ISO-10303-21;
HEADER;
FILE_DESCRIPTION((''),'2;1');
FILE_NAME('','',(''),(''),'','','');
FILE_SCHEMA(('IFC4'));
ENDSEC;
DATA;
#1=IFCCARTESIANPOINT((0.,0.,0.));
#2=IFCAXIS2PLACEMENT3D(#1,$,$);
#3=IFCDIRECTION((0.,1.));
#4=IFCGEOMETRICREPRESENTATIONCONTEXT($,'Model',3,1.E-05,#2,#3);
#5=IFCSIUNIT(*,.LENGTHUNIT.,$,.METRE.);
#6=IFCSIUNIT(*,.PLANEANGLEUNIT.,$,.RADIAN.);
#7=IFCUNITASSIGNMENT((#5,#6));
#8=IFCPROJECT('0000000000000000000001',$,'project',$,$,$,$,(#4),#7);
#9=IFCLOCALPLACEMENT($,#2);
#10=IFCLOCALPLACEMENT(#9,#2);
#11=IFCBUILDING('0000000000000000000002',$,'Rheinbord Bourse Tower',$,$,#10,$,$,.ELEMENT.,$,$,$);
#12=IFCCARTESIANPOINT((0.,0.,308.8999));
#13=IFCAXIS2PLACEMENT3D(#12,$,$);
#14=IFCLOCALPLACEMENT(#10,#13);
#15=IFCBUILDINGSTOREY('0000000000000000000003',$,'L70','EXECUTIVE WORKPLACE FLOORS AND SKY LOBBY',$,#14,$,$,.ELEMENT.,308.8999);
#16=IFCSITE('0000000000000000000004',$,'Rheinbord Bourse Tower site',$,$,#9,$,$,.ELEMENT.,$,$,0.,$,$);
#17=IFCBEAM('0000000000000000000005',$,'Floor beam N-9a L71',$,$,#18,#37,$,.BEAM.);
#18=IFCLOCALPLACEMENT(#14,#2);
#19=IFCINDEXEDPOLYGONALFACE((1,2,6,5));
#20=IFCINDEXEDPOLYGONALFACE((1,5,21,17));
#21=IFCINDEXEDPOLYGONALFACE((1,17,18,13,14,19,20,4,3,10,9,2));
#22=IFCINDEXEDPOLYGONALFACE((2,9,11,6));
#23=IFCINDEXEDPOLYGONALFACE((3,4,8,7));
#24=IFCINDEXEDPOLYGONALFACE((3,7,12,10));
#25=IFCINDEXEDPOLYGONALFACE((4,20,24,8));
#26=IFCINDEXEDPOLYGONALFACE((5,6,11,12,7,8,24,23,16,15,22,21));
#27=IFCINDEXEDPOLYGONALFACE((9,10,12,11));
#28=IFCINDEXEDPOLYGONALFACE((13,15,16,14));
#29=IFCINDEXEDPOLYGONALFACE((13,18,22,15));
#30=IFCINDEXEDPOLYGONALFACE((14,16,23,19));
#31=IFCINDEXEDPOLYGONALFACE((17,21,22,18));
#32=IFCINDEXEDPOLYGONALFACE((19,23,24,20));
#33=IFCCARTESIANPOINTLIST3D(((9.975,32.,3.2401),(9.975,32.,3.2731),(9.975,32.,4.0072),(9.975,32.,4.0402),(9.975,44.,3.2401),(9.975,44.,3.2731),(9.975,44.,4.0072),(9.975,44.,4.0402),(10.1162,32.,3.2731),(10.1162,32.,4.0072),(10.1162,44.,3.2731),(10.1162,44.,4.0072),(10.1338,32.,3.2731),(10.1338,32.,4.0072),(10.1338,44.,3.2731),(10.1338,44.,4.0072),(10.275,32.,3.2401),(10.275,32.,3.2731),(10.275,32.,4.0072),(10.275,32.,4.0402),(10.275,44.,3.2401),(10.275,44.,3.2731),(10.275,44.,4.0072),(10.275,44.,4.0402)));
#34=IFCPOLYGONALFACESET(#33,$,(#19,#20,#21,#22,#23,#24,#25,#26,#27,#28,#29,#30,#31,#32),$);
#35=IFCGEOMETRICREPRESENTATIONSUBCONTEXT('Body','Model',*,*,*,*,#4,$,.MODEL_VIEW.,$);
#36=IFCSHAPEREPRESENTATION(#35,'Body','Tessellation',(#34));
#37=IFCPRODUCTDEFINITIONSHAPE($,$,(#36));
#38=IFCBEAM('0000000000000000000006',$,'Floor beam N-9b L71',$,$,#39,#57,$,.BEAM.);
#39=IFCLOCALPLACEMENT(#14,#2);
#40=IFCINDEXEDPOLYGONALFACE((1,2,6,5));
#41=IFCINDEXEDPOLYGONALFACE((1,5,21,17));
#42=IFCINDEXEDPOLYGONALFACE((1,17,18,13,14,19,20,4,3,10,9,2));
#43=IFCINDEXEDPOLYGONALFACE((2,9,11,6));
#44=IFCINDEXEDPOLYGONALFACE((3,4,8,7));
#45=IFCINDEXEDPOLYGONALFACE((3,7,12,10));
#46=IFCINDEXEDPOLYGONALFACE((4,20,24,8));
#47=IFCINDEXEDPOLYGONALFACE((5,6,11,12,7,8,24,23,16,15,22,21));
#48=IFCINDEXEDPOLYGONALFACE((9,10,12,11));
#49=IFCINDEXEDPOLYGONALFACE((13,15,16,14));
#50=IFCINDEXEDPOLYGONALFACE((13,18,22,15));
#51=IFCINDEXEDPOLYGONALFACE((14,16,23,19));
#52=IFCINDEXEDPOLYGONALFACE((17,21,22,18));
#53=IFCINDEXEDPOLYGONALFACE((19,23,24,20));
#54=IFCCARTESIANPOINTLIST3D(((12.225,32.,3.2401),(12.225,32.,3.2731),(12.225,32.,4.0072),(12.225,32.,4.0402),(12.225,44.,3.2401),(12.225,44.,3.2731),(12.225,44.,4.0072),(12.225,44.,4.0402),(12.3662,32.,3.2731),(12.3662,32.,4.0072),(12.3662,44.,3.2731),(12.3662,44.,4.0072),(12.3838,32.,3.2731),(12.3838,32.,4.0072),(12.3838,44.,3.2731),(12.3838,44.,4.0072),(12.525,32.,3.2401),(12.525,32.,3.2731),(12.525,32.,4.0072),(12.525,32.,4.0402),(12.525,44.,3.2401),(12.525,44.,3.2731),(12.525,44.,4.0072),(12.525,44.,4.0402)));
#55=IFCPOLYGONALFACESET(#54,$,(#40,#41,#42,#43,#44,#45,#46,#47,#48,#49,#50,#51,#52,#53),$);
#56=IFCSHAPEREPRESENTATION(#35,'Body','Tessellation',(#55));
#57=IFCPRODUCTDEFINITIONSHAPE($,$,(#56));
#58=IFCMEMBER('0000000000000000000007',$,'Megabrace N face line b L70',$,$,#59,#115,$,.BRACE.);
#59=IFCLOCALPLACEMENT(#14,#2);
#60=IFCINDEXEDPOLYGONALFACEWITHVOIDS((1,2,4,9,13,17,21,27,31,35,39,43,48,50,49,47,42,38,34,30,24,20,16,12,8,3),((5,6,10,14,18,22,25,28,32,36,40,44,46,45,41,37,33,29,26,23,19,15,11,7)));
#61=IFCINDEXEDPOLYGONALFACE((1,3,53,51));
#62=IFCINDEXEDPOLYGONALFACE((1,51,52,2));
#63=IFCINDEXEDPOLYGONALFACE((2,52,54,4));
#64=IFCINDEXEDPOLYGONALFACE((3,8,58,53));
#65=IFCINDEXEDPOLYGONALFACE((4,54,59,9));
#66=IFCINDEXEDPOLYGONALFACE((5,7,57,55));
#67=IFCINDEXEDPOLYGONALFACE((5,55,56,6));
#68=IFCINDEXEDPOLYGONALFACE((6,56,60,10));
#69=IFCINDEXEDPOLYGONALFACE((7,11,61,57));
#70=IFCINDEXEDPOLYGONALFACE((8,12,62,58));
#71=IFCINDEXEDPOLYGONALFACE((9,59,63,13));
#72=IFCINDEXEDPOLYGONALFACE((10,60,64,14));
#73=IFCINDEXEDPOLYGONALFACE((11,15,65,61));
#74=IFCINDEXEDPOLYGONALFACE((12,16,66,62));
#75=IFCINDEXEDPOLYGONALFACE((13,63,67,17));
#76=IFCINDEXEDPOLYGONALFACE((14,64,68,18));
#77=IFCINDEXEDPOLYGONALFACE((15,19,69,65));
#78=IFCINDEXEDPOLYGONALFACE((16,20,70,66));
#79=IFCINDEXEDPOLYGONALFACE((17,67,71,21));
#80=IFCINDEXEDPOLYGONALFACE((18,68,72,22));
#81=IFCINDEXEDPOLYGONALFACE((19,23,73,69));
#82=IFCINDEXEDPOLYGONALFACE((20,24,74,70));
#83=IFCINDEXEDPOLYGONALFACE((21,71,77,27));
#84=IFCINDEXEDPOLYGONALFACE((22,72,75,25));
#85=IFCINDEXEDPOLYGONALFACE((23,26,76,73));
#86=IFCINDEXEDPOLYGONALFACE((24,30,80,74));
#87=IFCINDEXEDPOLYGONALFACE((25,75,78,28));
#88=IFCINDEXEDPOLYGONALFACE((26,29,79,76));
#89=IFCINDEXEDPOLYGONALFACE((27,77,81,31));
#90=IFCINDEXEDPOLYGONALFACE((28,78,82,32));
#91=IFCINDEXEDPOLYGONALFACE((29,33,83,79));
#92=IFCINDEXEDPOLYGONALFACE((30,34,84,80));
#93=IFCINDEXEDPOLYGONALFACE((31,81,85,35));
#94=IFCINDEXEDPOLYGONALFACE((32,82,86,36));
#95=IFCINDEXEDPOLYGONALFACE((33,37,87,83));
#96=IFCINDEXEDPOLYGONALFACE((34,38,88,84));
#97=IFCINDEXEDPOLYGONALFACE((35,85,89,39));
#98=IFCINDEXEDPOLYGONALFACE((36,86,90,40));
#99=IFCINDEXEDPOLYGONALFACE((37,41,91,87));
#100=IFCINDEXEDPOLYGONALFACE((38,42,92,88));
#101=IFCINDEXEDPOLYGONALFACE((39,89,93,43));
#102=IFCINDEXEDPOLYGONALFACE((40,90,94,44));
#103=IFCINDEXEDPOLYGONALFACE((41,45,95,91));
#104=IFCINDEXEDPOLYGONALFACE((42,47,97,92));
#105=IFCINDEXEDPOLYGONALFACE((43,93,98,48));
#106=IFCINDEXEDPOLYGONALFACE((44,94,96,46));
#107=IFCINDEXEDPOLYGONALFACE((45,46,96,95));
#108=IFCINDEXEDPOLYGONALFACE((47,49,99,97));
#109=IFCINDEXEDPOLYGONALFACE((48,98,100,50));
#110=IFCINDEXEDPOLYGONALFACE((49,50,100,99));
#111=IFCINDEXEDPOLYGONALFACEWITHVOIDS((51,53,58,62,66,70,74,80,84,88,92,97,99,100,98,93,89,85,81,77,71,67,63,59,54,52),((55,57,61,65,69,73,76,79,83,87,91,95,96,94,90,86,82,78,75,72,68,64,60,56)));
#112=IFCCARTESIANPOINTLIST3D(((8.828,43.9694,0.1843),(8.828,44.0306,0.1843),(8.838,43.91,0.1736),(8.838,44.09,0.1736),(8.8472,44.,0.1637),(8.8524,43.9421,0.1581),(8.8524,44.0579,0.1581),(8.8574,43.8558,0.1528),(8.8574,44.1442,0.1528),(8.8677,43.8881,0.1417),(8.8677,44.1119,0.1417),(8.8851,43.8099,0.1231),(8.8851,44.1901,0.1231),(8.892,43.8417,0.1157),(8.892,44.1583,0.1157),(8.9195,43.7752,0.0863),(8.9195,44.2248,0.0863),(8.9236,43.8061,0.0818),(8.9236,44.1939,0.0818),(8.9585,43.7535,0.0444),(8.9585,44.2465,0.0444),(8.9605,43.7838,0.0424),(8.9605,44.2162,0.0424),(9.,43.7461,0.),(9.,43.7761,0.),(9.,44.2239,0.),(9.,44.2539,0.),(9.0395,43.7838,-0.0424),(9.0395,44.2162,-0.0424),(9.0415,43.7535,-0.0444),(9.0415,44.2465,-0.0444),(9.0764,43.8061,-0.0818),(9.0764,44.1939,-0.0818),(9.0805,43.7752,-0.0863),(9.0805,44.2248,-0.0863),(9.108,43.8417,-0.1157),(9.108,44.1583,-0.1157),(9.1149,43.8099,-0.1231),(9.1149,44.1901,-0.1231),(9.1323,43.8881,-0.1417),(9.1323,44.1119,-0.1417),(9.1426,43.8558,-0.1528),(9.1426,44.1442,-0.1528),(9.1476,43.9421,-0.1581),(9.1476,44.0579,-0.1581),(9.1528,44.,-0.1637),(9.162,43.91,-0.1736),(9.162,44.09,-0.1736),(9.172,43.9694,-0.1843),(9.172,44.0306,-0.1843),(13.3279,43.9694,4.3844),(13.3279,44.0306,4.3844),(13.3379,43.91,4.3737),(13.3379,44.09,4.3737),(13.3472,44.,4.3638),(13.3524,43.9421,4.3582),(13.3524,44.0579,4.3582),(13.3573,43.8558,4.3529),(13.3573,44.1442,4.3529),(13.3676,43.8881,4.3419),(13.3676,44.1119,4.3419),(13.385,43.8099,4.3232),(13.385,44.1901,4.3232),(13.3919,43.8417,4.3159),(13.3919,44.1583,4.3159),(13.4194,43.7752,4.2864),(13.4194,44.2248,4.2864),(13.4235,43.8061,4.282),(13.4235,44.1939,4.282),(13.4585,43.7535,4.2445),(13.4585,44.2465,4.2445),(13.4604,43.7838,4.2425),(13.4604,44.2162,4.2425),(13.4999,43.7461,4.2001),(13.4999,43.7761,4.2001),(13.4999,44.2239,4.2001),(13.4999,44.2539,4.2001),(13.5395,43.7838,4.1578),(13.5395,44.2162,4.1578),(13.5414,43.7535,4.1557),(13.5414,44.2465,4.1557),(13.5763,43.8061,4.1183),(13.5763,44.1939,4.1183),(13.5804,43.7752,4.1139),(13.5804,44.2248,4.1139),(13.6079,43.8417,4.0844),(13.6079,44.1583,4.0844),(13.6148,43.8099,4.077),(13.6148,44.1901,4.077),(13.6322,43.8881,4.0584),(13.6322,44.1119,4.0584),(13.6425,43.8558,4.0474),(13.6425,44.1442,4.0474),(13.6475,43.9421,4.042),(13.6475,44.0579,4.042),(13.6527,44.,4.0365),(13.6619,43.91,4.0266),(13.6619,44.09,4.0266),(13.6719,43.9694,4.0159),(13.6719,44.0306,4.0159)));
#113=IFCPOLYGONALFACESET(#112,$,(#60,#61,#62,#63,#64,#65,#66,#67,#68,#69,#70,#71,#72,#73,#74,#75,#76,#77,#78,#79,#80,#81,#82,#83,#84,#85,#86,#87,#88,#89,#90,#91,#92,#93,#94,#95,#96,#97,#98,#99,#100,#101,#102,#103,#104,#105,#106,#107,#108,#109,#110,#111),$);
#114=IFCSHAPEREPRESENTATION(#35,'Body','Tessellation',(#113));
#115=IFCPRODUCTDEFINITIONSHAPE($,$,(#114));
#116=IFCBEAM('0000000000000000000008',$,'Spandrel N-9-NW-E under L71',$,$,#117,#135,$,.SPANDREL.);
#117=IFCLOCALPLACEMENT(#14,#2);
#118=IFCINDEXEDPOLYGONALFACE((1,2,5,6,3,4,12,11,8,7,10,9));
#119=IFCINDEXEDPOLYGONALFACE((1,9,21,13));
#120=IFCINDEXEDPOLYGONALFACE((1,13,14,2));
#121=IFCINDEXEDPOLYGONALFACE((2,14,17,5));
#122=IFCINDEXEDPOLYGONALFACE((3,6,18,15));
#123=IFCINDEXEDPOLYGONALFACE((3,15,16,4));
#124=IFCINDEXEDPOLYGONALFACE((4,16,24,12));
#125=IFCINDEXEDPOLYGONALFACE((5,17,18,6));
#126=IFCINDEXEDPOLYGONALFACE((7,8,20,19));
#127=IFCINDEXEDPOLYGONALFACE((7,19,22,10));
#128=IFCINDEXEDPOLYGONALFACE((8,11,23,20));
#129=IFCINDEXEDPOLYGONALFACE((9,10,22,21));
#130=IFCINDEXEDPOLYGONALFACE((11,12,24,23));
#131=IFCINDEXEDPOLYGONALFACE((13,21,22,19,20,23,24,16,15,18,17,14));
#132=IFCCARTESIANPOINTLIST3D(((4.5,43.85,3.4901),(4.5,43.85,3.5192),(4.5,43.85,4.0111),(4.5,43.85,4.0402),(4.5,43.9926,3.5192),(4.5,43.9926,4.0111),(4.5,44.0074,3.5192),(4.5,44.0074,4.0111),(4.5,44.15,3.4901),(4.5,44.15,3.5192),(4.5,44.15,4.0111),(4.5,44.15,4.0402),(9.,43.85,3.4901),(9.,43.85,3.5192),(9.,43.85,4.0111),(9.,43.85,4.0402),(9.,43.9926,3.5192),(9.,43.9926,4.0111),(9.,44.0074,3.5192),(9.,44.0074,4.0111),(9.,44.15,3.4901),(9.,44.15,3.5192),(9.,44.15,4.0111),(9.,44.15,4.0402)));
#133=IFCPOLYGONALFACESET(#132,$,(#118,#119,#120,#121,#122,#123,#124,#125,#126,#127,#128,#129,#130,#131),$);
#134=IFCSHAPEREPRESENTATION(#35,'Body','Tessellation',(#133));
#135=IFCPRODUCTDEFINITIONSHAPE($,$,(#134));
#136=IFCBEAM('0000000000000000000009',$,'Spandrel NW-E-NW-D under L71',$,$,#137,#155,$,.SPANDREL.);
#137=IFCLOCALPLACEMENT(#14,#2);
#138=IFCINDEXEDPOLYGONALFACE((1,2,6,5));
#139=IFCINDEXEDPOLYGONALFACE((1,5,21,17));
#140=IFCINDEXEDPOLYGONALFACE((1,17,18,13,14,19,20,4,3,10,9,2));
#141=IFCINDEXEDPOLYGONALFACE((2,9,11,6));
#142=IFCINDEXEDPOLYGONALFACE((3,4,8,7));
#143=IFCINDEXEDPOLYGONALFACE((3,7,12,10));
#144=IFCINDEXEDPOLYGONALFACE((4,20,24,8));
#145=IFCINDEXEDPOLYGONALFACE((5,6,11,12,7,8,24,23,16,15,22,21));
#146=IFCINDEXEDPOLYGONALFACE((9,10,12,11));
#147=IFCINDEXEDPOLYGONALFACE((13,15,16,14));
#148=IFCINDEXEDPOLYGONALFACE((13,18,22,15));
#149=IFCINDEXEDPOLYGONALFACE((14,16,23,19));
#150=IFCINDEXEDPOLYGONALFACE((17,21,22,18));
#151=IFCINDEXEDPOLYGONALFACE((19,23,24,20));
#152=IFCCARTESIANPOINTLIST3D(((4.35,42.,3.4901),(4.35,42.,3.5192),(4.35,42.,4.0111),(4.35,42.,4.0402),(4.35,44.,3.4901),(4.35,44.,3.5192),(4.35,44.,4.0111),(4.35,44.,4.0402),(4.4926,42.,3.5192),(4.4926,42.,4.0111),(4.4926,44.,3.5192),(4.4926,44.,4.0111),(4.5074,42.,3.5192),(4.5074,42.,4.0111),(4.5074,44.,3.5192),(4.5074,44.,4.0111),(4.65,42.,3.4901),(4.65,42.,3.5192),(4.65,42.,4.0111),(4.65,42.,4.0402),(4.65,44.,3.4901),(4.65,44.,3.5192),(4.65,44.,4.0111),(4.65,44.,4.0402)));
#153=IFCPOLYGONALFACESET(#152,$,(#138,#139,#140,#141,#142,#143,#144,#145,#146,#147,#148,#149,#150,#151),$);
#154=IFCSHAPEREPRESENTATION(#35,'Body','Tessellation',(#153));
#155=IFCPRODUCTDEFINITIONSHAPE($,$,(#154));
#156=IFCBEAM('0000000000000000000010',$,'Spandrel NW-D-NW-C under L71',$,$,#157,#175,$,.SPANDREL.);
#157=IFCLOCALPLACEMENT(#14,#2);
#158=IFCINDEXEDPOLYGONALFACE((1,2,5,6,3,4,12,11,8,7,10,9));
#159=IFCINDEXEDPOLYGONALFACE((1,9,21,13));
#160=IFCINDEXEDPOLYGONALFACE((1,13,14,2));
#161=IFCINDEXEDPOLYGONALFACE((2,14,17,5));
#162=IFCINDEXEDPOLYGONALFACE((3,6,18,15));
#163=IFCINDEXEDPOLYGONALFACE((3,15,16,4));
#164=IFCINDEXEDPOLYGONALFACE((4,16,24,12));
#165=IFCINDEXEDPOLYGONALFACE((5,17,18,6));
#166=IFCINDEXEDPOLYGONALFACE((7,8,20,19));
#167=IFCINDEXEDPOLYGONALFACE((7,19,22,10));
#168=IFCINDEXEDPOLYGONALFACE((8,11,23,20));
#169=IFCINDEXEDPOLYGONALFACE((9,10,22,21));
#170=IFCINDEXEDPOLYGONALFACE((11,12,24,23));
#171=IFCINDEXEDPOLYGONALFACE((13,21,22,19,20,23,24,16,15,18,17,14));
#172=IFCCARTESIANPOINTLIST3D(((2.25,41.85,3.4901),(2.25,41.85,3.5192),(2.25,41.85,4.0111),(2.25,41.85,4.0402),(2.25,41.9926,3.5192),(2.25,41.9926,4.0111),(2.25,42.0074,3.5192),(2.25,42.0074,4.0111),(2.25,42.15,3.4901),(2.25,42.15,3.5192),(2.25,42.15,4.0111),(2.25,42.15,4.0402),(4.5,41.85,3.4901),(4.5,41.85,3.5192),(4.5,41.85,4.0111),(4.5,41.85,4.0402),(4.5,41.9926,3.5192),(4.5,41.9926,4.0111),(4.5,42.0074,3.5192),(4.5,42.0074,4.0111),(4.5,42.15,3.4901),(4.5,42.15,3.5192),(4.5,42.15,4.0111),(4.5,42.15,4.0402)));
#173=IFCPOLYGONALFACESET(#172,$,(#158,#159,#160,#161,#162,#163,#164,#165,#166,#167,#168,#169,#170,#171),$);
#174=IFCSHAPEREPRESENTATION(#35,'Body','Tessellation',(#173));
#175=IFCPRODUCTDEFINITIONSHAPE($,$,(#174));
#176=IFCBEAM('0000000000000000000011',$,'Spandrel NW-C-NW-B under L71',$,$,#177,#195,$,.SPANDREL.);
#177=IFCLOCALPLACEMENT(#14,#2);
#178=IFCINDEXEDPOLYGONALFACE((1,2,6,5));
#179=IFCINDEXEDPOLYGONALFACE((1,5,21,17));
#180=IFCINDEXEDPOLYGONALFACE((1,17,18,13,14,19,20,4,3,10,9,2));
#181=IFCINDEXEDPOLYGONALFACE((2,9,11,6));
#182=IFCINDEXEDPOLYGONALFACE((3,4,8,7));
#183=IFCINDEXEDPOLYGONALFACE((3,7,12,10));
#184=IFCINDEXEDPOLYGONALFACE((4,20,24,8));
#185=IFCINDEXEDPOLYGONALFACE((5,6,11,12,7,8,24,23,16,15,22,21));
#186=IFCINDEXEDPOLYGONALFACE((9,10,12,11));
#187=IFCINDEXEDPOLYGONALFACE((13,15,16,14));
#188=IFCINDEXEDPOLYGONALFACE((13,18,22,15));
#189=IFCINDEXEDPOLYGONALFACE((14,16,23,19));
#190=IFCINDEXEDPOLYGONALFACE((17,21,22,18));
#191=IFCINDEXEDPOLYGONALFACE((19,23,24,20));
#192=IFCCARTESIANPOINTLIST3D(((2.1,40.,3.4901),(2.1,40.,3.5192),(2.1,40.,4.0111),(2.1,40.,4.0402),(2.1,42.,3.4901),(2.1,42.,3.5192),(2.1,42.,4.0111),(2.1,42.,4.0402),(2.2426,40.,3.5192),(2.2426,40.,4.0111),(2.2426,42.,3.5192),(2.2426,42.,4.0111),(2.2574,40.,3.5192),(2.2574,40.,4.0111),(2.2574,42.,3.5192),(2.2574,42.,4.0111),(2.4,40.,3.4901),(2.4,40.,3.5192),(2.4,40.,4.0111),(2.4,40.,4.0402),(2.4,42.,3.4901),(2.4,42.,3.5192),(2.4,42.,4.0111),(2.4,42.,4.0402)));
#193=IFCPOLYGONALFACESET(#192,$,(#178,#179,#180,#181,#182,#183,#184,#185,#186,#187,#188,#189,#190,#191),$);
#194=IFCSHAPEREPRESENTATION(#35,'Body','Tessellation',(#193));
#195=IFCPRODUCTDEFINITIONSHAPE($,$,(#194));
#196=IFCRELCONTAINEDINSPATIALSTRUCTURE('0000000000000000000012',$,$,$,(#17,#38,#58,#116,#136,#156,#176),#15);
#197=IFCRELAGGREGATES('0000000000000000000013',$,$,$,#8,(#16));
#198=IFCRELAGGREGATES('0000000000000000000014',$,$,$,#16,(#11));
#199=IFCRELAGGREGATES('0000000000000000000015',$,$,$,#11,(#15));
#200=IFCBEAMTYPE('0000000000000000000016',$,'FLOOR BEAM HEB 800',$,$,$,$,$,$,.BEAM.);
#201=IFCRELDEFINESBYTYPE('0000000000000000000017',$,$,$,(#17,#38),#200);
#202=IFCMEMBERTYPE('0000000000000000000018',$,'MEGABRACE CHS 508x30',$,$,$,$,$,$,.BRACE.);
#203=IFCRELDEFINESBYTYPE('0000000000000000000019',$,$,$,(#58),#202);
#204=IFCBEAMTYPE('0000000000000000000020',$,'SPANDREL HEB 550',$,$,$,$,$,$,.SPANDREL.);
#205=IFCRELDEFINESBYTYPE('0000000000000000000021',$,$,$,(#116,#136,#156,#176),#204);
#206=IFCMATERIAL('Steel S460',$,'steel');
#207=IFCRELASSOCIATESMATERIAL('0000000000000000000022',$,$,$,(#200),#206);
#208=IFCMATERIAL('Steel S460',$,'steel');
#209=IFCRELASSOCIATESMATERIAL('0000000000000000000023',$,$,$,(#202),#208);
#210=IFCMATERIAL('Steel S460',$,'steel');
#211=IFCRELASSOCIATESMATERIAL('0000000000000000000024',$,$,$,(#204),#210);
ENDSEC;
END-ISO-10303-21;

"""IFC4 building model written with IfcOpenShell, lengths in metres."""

from ifc_helpers import new_model, si_unit, direction, frame, origin, origin_2d, place, context, subcontext, project, spatial, hollow_circle, i_section, extrude, material, material_profile, profile_set, type_object, element, save


model = new_model("IFC4")

# Units and contexts
model_context = context("Model", 3, precision=1e-05, world=origin(), true_north=direction((0.0, 1.0)))
body_context = subcontext(model_context, "Body", "Model", "MODEL_VIEW")
ifc_project = project(units=[si_unit("LENGTHUNIT", "METRE"), si_unit("PLANEANGLEUNIT", "RADIAN")], contexts=[model_context])

# Site, building, storey
site_placement = place(None, origin())
site = spatial("IfcSite", under=ifc_project, at=site_placement, Name="Rheinbord Bourse Tower site", CompositionType="ELEMENT", RefElevation=0.0)
building_placement = place(site_placement, origin())
building = spatial("IfcBuilding", under=site, at=building_placement, Name="Rheinbord Bourse Tower", CompositionType="ELEMENT")
storey_placement = place(building_placement, frame((0.0, 0.0, 308.8999)))
storey = spatial("IfcBuildingStorey", under=building, at=storey_placement, Name="L70", Description="EXECUTIVE WORKPLACE FLOORS AND SKY LOBBY", CompositionType="ELEMENT", Elevation=308.8999)

# Beams
ifc_material_1 = material(Name="Steel S460", Category="steel")
ifc_material_profile_1 = material_profile(ifc_material_1, i_section(OverallWidth=0.3, OverallDepth=0.8, WebThickness=0.0176, FlangeThickness=0.033, at=origin_2d()), Name="HEB 800")
ifc_profile_set_1 = profile_set([ifc_material_profile_1], Name="Steel S460")
beam_type_1 = type_object("IfcBeamType", Name="FLOOR BEAM HEB 800", PredefinedType="BEAM", material=ifc_profile_set_1)
for number, where, z_axis, x_axis, name in (
    (1, (10.125, 44.0, 3.6401), (0.0, -1.0, 0.0), (1.0, 0.0, 0.0), "Floor beam N-9a L71"),
    (2, (12.375, 44.0, 3.6401), (0.0, -1.0, 0.0), (1.0, 0.0, 0.0), "Floor beam N-9b L71"),
):
    element("IfcBeam", number, at=place(storey_placement, frame(where, z_axis=z_axis, x_axis=x_axis)), inside=storey, type_object=beam_type_1, Name=name, PredefinedType="BEAM", context=body_context, shape_type="SweptSolid", body=[
        extrude(i_section(OverallWidth=0.3, OverallDepth=0.8, WebThickness=0.0176, FlangeThickness=0.033, at=origin_2d()), origin(), (0.0, 0.0, 1.0), 12.0),
    ])

# Member
ifc_material_2 = material(Name="Steel S460", Category="steel")
ifc_material_profile_2 = material_profile(ifc_material_2, hollow_circle(Radius=0.2539, WallThickness=0.03, at=origin_2d()), Name="CHS 508x30")
ifc_profile_set_2 = profile_set([ifc_material_profile_2], Name="Steel S460")
member_type_1 = type_object("IfcMemberType", Name="MEGABRACE CHS 508x30", PredefinedType="BRACE", material=ifc_profile_set_2)
member_1_placement = place(storey_placement, frame((9.0, 44.0, 0.0), z_axis=(0.731039, 0.0, 0.682335), x_axis=(0.0, 1.0, 0.0)))
element("IfcMember", 3, at=member_1_placement, inside=storey, type_object=member_type_1, Name="Megabrace N face line b L70", PredefinedType="BRACE", context=body_context, shape_type="SweptSolid", body=[
    extrude(hollow_circle(Radius=0.2539, WallThickness=0.03, at=origin_2d()), origin(), (0.0, 0.0, 1.0), 6.1555),
])

# Beams
ifc_material_3 = material(Name="Steel S460", Category="steel")
ifc_material_profile_3 = material_profile(ifc_material_3, i_section(OverallWidth=0.3, OverallDepth=0.55, WebThickness=0.0149, FlangeThickness=0.0291, at=origin_2d()), Name="HEB 550")
ifc_profile_set_3 = profile_set([ifc_material_profile_3], Name="Steel S460")
beam_type_2 = type_object("IfcBeamType", Name="SPANDREL HEB 550", PredefinedType="SPANDREL", material=ifc_profile_set_3)
beam_1_placement = place(storey_placement, frame((9.0, 44.0, 3.7651), z_axis=(-1.0, 0.0, 0.0), x_axis=(0.0, -1.0, 0.0)))
element("IfcBeam", 4, at=beam_1_placement, inside=storey, type_object=beam_type_2, Name="Spandrel N-9-NW-E under L71", PredefinedType="SPANDREL", context=body_context, shape_type="SweptSolid", body=[
    extrude(i_section(OverallWidth=0.3, OverallDepth=0.55, WebThickness=0.0149, FlangeThickness=0.0291, at=origin_2d()), origin(), (0.0, 0.0, 1.0), 4.5),
])
beam_2_placement = place(storey_placement, frame((4.5, 44.0, 3.7651), z_axis=(0.0, -1.0, 0.0), x_axis=(1.0, 0.0, 0.0)))
element("IfcBeam", 5, at=beam_2_placement, inside=storey, type_object=beam_type_2, Name="Spandrel NW-E-NW-D under L71", PredefinedType="SPANDREL", context=body_context, shape_type="SweptSolid", body=[
    extrude(i_section(OverallWidth=0.3, OverallDepth=0.55, WebThickness=0.0149, FlangeThickness=0.0291, at=origin_2d()), origin(), (0.0, 0.0, 1.0), 2.0),
])
beam_3_placement = place(storey_placement, frame((4.5, 42.0, 3.7651), z_axis=(-1.0, 0.0, 0.0), x_axis=(0.0, -1.0, 0.0)))
element("IfcBeam", 6, at=beam_3_placement, inside=storey, type_object=beam_type_2, Name="Spandrel NW-D-NW-C under L71", PredefinedType="SPANDREL", context=body_context, shape_type="SweptSolid", body=[
    extrude(i_section(OverallWidth=0.3, OverallDepth=0.55, WebThickness=0.0149, FlangeThickness=0.0291, at=origin_2d()), origin(), (0.0, 0.0, 1.0), 2.25),
])
beam_4_placement = place(storey_placement, frame((2.25, 42.0, 3.7651), z_axis=(0.0, -1.0, 0.0), x_axis=(1.0, 0.0, 0.0)))
element("IfcBeam", 7, at=beam_4_placement, inside=storey, type_object=beam_type_2, Name="Spandrel NW-C-NW-B under L71", PredefinedType="SPANDREL", context=body_context, shape_type="SweptSolid", body=[
    extrude(i_section(OverallWidth=0.3, OverallDepth=0.55, WebThickness=0.0149, FlangeThickness=0.0291, at=origin_2d()), origin(), (0.0, 0.0, 1.0), 2.0),
])

save(model, "model.ifc")
